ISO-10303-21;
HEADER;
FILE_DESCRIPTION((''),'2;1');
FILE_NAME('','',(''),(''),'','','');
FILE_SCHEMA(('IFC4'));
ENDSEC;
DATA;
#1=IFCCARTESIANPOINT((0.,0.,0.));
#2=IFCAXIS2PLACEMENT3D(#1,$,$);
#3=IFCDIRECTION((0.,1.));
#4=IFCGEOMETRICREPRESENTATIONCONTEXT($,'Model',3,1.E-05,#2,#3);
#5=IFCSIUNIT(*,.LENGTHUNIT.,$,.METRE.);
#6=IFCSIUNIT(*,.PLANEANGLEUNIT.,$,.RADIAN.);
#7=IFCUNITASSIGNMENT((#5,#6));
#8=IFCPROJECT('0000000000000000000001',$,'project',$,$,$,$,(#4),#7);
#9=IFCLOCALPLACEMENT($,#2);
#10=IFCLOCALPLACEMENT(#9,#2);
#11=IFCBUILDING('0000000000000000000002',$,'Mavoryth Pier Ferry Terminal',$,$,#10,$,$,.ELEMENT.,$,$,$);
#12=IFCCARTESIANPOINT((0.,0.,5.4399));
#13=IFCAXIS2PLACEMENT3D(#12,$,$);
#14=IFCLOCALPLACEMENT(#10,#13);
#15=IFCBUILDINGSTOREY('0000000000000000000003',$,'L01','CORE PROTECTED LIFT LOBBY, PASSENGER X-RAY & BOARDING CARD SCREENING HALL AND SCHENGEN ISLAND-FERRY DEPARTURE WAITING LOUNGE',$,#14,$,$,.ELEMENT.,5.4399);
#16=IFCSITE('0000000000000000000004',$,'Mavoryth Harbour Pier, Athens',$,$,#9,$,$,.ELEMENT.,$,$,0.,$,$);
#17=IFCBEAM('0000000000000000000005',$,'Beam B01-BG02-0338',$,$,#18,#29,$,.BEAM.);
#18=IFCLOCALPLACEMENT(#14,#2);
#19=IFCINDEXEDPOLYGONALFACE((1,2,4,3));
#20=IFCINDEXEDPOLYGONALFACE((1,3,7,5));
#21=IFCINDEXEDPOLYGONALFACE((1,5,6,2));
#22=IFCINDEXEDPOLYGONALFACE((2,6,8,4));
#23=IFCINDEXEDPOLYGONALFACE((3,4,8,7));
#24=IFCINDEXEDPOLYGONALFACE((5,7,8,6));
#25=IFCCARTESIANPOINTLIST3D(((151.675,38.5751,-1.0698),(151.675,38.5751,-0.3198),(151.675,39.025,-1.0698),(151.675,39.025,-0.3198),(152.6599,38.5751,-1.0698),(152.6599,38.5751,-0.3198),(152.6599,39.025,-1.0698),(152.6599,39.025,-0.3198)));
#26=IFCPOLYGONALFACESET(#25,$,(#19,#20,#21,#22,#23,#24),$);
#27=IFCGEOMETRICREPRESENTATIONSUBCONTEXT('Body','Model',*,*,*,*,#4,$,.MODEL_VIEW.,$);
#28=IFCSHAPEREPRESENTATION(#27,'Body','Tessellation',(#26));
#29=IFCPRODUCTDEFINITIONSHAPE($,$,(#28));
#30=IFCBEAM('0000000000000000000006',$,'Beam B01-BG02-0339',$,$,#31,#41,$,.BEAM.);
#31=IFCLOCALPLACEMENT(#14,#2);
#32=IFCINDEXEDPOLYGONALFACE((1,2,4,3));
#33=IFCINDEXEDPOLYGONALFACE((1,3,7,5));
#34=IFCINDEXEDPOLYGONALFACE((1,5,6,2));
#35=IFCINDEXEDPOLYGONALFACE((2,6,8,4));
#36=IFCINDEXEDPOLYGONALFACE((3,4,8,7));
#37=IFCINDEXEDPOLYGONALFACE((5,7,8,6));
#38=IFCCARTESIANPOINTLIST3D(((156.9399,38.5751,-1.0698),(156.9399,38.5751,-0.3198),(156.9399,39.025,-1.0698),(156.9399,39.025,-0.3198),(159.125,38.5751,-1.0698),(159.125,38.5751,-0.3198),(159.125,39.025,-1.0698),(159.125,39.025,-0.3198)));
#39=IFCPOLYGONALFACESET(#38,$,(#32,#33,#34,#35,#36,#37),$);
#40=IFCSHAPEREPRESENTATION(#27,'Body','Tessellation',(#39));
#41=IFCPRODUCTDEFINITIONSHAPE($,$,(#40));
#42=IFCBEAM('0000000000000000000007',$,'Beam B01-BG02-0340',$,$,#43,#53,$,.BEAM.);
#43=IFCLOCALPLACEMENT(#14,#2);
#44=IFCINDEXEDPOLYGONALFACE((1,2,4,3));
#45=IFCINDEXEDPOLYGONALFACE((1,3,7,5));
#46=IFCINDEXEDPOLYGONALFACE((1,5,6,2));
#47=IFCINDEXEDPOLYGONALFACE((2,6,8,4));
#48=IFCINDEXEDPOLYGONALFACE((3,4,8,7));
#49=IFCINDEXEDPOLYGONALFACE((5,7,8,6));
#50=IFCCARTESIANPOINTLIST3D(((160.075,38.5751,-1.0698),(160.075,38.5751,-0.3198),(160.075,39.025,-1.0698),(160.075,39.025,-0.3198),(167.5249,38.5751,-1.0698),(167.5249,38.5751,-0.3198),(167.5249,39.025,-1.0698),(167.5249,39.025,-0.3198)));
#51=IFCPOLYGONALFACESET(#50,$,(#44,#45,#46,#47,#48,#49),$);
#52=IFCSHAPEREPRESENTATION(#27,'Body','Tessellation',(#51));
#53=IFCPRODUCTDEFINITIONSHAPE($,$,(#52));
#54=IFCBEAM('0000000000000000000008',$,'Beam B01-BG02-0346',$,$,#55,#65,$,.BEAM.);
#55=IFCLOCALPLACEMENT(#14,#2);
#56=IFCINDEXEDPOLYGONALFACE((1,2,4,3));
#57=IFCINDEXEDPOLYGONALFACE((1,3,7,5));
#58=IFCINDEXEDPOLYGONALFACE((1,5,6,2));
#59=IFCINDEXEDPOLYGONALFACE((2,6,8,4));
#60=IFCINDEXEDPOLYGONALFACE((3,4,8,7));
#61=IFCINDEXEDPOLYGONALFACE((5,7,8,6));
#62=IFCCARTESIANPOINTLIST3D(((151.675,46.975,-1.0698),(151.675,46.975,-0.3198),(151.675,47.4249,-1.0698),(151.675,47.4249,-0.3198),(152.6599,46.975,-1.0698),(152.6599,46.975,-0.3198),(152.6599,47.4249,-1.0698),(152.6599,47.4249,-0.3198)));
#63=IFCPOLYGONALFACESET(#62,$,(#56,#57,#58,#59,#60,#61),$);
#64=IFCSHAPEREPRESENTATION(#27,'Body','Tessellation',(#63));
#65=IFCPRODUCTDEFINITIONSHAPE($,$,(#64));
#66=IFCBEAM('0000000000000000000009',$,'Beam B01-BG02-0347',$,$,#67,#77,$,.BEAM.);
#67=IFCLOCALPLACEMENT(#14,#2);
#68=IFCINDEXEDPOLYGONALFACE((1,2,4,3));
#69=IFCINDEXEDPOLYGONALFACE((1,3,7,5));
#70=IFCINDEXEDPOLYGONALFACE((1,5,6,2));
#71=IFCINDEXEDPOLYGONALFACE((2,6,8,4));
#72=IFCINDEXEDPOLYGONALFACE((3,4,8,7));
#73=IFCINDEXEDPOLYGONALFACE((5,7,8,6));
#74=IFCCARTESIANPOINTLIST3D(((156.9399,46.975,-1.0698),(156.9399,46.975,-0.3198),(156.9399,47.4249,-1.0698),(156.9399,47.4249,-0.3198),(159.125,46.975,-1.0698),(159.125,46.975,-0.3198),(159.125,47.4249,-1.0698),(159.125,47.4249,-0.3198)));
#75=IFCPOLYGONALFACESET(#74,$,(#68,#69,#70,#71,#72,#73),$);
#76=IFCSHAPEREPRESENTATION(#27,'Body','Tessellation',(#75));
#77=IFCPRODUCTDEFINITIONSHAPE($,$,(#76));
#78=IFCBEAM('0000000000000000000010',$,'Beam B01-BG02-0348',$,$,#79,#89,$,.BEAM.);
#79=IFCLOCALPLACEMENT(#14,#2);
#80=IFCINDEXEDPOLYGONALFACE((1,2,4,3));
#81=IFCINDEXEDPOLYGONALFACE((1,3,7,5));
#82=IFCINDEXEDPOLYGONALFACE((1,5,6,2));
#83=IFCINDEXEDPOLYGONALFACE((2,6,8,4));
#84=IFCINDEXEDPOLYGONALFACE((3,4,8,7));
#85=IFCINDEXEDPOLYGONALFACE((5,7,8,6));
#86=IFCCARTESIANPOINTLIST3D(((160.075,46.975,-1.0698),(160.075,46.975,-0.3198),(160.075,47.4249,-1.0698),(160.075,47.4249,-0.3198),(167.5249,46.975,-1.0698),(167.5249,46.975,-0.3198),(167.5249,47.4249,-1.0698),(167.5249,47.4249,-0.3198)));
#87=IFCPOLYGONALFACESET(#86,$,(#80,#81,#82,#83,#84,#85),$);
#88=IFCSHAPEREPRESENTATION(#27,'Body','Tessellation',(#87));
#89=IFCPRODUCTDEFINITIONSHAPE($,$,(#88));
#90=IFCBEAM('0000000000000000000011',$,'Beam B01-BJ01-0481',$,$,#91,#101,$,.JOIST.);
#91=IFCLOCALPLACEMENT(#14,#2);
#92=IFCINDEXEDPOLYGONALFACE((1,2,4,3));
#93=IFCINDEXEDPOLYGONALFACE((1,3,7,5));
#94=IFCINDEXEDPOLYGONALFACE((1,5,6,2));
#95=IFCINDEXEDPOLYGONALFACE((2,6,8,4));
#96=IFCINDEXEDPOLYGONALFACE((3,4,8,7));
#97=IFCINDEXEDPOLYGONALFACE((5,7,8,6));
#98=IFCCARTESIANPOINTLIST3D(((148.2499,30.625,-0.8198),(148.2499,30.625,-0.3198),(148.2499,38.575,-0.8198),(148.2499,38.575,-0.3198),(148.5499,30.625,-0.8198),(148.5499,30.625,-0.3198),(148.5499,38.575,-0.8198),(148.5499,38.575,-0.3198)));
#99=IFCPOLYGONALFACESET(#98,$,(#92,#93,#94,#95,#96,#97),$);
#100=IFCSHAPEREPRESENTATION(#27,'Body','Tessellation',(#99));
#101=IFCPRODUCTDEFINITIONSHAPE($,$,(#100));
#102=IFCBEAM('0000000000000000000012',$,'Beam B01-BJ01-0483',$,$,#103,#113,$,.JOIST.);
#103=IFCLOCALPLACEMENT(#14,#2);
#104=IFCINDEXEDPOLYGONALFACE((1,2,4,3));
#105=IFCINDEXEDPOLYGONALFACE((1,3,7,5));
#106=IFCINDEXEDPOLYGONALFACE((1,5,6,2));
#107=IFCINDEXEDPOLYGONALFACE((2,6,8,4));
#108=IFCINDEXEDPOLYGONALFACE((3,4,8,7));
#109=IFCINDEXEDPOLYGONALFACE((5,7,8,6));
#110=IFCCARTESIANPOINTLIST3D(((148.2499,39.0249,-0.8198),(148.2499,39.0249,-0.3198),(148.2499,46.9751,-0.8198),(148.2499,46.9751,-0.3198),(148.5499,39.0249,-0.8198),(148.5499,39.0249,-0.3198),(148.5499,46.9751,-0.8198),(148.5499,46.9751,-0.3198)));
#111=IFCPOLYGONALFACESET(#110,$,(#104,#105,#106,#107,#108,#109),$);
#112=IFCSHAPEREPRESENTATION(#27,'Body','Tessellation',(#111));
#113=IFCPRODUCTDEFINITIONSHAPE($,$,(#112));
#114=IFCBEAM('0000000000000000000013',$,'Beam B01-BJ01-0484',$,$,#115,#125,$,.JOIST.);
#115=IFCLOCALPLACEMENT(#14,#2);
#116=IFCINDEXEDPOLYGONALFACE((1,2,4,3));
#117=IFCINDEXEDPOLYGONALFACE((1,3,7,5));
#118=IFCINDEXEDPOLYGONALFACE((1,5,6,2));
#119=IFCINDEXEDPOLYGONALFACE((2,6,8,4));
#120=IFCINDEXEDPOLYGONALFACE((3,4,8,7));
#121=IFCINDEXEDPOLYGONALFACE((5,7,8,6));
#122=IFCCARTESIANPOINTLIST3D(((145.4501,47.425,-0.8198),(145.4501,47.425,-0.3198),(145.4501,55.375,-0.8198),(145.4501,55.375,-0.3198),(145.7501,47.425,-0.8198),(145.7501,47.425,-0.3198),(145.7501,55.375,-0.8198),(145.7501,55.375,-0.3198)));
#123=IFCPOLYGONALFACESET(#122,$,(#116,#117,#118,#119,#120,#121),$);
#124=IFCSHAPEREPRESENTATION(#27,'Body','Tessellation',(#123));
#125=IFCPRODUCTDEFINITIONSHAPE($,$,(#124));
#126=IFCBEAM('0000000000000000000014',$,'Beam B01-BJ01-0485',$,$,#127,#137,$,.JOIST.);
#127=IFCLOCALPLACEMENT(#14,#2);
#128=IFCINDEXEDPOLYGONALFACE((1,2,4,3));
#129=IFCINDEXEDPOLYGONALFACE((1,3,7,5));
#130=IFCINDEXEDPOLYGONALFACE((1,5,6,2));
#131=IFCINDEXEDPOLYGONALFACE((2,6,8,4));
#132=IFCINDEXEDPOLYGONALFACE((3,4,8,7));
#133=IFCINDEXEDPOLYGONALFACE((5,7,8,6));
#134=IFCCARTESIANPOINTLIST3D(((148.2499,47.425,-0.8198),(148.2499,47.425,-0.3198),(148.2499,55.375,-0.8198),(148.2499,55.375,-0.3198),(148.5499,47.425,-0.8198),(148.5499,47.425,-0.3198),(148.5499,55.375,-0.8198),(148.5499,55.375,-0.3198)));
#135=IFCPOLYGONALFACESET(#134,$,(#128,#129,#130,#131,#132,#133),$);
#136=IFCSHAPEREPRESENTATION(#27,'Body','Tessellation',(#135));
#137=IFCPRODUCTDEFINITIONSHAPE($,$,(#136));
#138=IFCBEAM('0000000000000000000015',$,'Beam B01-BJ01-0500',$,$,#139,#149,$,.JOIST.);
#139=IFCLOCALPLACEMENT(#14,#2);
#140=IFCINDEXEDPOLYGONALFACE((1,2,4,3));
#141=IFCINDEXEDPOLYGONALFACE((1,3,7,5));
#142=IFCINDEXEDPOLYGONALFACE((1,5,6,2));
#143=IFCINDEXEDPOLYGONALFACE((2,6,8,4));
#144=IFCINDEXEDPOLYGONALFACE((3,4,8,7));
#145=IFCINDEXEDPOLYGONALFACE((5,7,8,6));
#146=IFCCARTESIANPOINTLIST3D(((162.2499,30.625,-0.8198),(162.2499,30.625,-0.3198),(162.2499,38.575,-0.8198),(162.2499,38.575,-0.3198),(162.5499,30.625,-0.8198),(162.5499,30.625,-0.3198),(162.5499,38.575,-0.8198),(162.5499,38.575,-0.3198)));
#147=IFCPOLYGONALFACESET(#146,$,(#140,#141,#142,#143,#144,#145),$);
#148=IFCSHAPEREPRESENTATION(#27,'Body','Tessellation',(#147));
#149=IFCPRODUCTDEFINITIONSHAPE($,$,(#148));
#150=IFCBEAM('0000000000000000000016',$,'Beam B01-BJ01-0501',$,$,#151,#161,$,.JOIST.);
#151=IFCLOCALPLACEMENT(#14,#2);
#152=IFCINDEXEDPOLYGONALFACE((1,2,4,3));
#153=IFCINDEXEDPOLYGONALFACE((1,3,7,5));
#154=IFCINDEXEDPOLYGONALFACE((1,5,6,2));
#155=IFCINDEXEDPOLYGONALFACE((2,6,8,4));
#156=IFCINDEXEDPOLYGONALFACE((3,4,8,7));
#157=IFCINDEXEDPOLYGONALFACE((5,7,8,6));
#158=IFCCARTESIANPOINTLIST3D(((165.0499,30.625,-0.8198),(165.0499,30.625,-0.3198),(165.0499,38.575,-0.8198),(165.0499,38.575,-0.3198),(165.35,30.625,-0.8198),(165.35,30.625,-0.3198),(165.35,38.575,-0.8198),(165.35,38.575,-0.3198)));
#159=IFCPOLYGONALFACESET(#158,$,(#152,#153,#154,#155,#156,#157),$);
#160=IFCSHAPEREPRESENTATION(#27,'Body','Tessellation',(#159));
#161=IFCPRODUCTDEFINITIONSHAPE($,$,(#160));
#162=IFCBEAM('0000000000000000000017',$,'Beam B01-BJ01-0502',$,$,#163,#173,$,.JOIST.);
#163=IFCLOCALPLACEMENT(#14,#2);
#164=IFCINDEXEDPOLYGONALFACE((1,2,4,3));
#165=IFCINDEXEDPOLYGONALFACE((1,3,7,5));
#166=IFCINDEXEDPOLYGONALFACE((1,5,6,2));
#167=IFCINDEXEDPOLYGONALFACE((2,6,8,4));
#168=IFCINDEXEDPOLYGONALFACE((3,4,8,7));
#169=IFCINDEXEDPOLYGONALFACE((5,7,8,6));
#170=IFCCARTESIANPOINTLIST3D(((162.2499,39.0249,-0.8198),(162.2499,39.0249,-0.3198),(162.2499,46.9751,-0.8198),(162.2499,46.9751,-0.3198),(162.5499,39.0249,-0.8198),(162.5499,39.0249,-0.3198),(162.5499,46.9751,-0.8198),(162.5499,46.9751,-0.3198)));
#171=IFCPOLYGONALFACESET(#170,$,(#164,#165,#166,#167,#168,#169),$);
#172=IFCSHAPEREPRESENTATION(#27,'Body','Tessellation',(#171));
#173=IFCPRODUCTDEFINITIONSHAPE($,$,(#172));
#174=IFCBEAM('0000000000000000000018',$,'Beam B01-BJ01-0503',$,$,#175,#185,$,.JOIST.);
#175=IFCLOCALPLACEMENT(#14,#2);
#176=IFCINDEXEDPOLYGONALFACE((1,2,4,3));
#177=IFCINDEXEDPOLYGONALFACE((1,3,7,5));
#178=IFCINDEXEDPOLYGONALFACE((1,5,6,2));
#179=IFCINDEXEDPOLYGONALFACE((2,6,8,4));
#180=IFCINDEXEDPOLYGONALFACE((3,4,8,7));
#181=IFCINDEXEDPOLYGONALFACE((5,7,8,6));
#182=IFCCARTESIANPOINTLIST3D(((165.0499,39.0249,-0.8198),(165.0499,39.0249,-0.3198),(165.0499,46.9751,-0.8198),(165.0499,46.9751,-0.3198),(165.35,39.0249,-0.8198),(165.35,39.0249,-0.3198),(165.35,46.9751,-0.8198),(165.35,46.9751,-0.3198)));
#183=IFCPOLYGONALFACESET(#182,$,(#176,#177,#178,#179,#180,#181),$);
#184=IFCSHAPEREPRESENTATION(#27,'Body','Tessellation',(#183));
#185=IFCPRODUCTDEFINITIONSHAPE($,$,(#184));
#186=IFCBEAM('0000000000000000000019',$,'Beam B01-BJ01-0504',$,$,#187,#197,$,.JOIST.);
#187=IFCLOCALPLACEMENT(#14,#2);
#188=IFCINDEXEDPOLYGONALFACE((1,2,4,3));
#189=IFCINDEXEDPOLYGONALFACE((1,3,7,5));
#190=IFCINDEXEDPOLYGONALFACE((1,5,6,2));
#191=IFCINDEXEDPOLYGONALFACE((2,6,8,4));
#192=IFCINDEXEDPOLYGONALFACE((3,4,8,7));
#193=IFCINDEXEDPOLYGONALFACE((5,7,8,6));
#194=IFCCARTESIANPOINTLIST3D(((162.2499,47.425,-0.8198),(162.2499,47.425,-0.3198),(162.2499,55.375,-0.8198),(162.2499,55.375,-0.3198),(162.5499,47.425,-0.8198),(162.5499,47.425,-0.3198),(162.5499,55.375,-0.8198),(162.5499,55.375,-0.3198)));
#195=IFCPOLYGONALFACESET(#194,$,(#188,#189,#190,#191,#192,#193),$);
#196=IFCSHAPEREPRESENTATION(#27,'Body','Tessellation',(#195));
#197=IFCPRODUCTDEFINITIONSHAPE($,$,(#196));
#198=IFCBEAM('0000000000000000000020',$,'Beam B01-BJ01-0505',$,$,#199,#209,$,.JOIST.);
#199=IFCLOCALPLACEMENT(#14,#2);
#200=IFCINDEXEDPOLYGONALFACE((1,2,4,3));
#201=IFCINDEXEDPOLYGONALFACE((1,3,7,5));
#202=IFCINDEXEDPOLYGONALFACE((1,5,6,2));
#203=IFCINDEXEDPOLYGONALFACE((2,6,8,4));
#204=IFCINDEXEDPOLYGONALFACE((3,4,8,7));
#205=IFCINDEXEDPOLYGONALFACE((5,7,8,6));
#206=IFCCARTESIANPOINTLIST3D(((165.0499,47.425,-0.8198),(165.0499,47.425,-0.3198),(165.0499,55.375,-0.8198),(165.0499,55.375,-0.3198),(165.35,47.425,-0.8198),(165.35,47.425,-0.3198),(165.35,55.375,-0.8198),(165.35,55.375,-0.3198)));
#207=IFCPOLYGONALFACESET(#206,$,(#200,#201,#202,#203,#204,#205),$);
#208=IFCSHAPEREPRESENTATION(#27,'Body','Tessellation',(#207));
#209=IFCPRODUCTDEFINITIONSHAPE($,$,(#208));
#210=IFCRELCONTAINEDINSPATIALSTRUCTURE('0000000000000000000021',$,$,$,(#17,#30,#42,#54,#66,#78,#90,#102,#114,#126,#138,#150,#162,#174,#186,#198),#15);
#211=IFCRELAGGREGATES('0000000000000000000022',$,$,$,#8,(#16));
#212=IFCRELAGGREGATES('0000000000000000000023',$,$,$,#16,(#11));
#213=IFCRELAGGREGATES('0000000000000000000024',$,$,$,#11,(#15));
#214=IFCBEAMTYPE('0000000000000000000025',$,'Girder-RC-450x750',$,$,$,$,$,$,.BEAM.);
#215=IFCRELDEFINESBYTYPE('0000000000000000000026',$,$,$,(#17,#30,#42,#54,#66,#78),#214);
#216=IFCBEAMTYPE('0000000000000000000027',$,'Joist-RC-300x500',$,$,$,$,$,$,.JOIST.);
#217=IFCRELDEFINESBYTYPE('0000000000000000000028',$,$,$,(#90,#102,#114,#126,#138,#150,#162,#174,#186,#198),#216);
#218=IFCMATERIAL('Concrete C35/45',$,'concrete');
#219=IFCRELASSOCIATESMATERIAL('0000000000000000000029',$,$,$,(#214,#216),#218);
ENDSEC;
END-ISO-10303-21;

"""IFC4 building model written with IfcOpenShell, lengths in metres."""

from ifc_helpers import new_model, si_unit, direction, frame, origin, origin_2d, place, context, subcontext, project, spatial, rectangle, extrude, material, material_profile, profile_set, type_object, element, save


model = new_model("IFC4")

# Units and contexts
model_context = context("Model", 3, precision=1e-05, world=origin(), true_north=direction((0.0, 1.0)))
body_context = subcontext(model_context, "Body", "Model", "MODEL_VIEW")
ifc_project = project(units=[si_unit("LENGTHUNIT", "METRE"), si_unit("PLANEANGLEUNIT", "RADIAN")], contexts=[model_context])

# Site, building, storey
site_placement = place(None, origin())
site = spatial("IfcSite", under=ifc_project, at=site_placement, Name="Mavoryth Harbour Pier, Athens", CompositionType="ELEMENT", RefElevation=0.0)
building_placement = place(site_placement, origin())
building = spatial("IfcBuilding", under=site, at=building_placement, Name="Mavoryth Pier Ferry Terminal", CompositionType="ELEMENT")
storey_placement = place(building_placement, frame((0.0, 0.0, 5.4399)))
storey = spatial("IfcBuildingStorey", under=building, at=storey_placement, Name="L01", Description="CORE PROTECTED LIFT LOBBY, PASSENGER X-RAY & BOARDING CARD SCREENING HALL AND SCHENGEN ISLAND-FERRY DEPARTURE WAITING LOUNGE", CompositionType="ELEMENT", Elevation=5.4399)

# Beams
ifc_material_1 = material(Name="Concrete C35/45", Category="concrete")
ifc_material_profile_1 = material_profile(ifc_material_1, rectangle(XDim=0.45, YDim=0.75, at=origin_2d()), Name="RC 450x750", Category="concrete")
ifc_profile_set_1 = profile_set([ifc_material_profile_1], Name="Concrete C35/45 - RC 450x750")
beam_type_1 = type_object("IfcBeamType", Name="Girder-RC-450x750", PredefinedType="BEAM", material=ifc_profile_set_1)
beam_1_placement = place(storey_placement, frame((151.675, 38.8, -0.6948), z_axis=(1.0, 0.0, 0.0), x_axis=(0.0, 1.0, 0.0)))
element("IfcBeam", 1, at=beam_1_placement, inside=storey, type_object=beam_type_1, Name="Beam B01-BG02-0338", PredefinedType="BEAM", context=body_context, shape_type="SweptSolid", body=[
    extrude(rectangle(XDim=0.45, YDim=0.75, at=origin_2d()), origin(), (0.0, 0.0, 1.0), 0.9849),
])
beam_2_placement = place(storey_placement, frame((156.9399, 38.8, -0.6948), z_axis=(1.0, 0.0, 0.0), x_axis=(0.0, 1.0, 0.0)))
element("IfcBeam", 2, at=beam_2_placement, inside=storey, type_object=beam_type_1, Name="Beam B01-BG02-0339", PredefinedType="BEAM", context=body_context, shape_type="SweptSolid", body=[
    extrude(rectangle(XDim=0.45, YDim=0.75, at=origin_2d()), origin(), (0.0, 0.0, 1.0), 2.1851),
])
beam_3_placement = place(storey_placement, frame((160.075, 38.8, -0.6948), z_axis=(1.0, 0.0, 0.0), x_axis=(0.0, 1.0, 0.0)))
element("IfcBeam", 3, at=beam_3_placement, inside=storey, type_object=beam_type_1, Name="Beam B01-BG02-0340", PredefinedType="BEAM", context=body_context, shape_type="SweptSolid", body=[
    extrude(rectangle(XDim=0.45, YDim=0.75, at=origin_2d()), origin(), (0.0, 0.0, 1.0), 7.45),
])
beam_4_placement = place(storey_placement, frame((151.675, 47.2, -0.6948), z_axis=(1.0, 0.0, 0.0), x_axis=(0.0, 1.0, 0.0)))
element("IfcBeam", 4, at=beam_4_placement, inside=storey, type_object=beam_type_1, Name="Beam B01-BG02-0346", PredefinedType="BEAM", context=body_context, shape_type="SweptSolid", body=[
    extrude(rectangle(XDim=0.45, YDim=0.75, at=origin_2d()), origin(), (0.0, 0.0, 1.0), 0.9849),
])
beam_5_placement = place(storey_placement, frame((156.9399, 47.2, -0.6948), z_axis=(1.0, 0.0, 0.0), x_axis=(0.0, 1.0, 0.0)))
element("IfcBeam", 5, at=beam_5_placement, inside=storey, type_object=beam_type_1, Name="Beam B01-BG02-0347", PredefinedType="BEAM", context=body_context, shape_type="SweptSolid", body=[
    extrude(rectangle(XDim=0.45, YDim=0.75, at=origin_2d()), origin(), (0.0, 0.0, 1.0), 2.1851),
])
beam_6_placement = place(storey_placement, frame((160.075, 47.2, -0.6948), z_axis=(1.0, 0.0, 0.0), x_axis=(0.0, 1.0, 0.0)))
element("IfcBeam", 6, at=beam_6_placement, inside=storey, type_object=beam_type_1, Name="Beam B01-BG02-0348", PredefinedType="BEAM", context=body_context, shape_type="SweptSolid", body=[
    extrude(rectangle(XDim=0.45, YDim=0.75, at=origin_2d()), origin(), (0.0, 0.0, 1.0), 7.45),
])
ifc_material_profile_2 = material_profile(ifc_material_1, rectangle(XDim=0.3, YDim=0.5, at=origin_2d()), Name="RC 300x500", Category="concrete")
ifc_profile_set_2 = profile_set([ifc_material_profile_2], Name="Concrete C35/45 - RC 300x500")
beam_type_2 = type_object("IfcBeamType", Name="Joist-RC-300x500", PredefinedType="JOIST", material=ifc_profile_set_2)
beam_7_placement = place(storey_placement, frame((148.3999, 30.625, -0.5698), z_axis=(0.0, 1.0, 0.0), x_axis=(-1.0, 0.0, 0.0)))
element("IfcBeam", 7, at=beam_7_placement, inside=storey, type_object=beam_type_2, Name="Beam B01-BJ01-0481", PredefinedType="JOIST", context=body_context, shape_type="SweptSolid", body=[
    extrude(rectangle(XDim=0.3, YDim=0.5, at=origin_2d()), origin(), (0.0, 0.0, 1.0), 7.95),
])
beam_8_placement = place(storey_placement, frame((148.3999, 39.0249, -0.5698), z_axis=(0.0, 1.0, 0.0), x_axis=(-1.0, 0.0, 0.0)))
element("IfcBeam", 8, at=beam_8_placement, inside=storey, type_object=beam_type_2, Name="Beam B01-BJ01-0483", PredefinedType="JOIST", context=body_context, shape_type="SweptSolid", body=[
    extrude(rectangle(XDim=0.3, YDim=0.5, at=origin_2d()), origin(), (0.0, 0.0, 1.0), 7.9502),
])
for number, where, z_axis, x_axis, name in (
    (9, (145.6001, 47.425, -0.5698), (0.0, 1.0, 0.0), (-1.0, 0.0, 0.0), "Beam B01-BJ01-0484"),
    (10, (148.3999, 47.425, -0.5698), (0.0, 1.0, 0.0), (-1.0, 0.0, 0.0), "Beam B01-BJ01-0485"),
    (11, (162.3999, 30.625, -0.5698), (0.0, 1.0, 0.0), (-1.0, 0.0, 0.0), "Beam B01-BJ01-0500"),
    (12, (165.2, 30.625, -0.5698), (0.0, 1.0, 0.0), (-1.0, 0.0, 0.0), "Beam B01-BJ01-0501"),
):
    element("IfcBeam", number, at=place(storey_placement, frame(where, z_axis=z_axis, x_axis=x_axis)), inside=storey, type_object=beam_type_2, Name=name, PredefinedType="JOIST", context=body_context, shape_type="SweptSolid", body=[
        extrude(rectangle(XDim=0.3, YDim=0.5, at=origin_2d()), origin(), (0.0, 0.0, 1.0), 7.95),
    ])
for number, where, z_axis, x_axis, name in (
    (13, (162.3999, 39.0249, -0.5698), (0.0, 1.0, 0.0), (-1.0, 0.0, 0.0), "Beam B01-BJ01-0502"),
    (14, (165.2, 39.0249, -0.5698), (0.0, 1.0, 0.0), (-1.0, 0.0, 0.0), "Beam B01-BJ01-0503"),
):
    element("IfcBeam", number, at=place(storey_placement, frame(where, z_axis=z_axis, x_axis=x_axis)), inside=storey, type_object=beam_type_2, Name=name, PredefinedType="JOIST", context=body_context, shape_type="SweptSolid", body=[
        extrude(rectangle(XDim=0.3, YDim=0.5, at=origin_2d()), origin(), (0.0, 0.0, 1.0), 7.9502),
    ])
for number, where, z_axis, x_axis, name in (
    (15, (162.3999, 47.425, -0.5698), (0.0, 1.0, 0.0), (-1.0, 0.0, 0.0), "Beam B01-BJ01-0504"),
    (16, (165.2, 47.425, -0.5698), (0.0, 1.0, 0.0), (-1.0, 0.0, 0.0), "Beam B01-BJ01-0505"),
):
    element("IfcBeam", number, at=place(storey_placement, frame(where, z_axis=z_axis, x_axis=x_axis)), inside=storey, type_object=beam_type_2, Name=name, PredefinedType="JOIST", context=body_context, shape_type="SweptSolid", body=[
        extrude(rectangle(XDim=0.3, YDim=0.5, at=origin_2d()), origin(), (0.0, 0.0, 1.0), 7.95),
    ])

save(model, "model.ifc")
